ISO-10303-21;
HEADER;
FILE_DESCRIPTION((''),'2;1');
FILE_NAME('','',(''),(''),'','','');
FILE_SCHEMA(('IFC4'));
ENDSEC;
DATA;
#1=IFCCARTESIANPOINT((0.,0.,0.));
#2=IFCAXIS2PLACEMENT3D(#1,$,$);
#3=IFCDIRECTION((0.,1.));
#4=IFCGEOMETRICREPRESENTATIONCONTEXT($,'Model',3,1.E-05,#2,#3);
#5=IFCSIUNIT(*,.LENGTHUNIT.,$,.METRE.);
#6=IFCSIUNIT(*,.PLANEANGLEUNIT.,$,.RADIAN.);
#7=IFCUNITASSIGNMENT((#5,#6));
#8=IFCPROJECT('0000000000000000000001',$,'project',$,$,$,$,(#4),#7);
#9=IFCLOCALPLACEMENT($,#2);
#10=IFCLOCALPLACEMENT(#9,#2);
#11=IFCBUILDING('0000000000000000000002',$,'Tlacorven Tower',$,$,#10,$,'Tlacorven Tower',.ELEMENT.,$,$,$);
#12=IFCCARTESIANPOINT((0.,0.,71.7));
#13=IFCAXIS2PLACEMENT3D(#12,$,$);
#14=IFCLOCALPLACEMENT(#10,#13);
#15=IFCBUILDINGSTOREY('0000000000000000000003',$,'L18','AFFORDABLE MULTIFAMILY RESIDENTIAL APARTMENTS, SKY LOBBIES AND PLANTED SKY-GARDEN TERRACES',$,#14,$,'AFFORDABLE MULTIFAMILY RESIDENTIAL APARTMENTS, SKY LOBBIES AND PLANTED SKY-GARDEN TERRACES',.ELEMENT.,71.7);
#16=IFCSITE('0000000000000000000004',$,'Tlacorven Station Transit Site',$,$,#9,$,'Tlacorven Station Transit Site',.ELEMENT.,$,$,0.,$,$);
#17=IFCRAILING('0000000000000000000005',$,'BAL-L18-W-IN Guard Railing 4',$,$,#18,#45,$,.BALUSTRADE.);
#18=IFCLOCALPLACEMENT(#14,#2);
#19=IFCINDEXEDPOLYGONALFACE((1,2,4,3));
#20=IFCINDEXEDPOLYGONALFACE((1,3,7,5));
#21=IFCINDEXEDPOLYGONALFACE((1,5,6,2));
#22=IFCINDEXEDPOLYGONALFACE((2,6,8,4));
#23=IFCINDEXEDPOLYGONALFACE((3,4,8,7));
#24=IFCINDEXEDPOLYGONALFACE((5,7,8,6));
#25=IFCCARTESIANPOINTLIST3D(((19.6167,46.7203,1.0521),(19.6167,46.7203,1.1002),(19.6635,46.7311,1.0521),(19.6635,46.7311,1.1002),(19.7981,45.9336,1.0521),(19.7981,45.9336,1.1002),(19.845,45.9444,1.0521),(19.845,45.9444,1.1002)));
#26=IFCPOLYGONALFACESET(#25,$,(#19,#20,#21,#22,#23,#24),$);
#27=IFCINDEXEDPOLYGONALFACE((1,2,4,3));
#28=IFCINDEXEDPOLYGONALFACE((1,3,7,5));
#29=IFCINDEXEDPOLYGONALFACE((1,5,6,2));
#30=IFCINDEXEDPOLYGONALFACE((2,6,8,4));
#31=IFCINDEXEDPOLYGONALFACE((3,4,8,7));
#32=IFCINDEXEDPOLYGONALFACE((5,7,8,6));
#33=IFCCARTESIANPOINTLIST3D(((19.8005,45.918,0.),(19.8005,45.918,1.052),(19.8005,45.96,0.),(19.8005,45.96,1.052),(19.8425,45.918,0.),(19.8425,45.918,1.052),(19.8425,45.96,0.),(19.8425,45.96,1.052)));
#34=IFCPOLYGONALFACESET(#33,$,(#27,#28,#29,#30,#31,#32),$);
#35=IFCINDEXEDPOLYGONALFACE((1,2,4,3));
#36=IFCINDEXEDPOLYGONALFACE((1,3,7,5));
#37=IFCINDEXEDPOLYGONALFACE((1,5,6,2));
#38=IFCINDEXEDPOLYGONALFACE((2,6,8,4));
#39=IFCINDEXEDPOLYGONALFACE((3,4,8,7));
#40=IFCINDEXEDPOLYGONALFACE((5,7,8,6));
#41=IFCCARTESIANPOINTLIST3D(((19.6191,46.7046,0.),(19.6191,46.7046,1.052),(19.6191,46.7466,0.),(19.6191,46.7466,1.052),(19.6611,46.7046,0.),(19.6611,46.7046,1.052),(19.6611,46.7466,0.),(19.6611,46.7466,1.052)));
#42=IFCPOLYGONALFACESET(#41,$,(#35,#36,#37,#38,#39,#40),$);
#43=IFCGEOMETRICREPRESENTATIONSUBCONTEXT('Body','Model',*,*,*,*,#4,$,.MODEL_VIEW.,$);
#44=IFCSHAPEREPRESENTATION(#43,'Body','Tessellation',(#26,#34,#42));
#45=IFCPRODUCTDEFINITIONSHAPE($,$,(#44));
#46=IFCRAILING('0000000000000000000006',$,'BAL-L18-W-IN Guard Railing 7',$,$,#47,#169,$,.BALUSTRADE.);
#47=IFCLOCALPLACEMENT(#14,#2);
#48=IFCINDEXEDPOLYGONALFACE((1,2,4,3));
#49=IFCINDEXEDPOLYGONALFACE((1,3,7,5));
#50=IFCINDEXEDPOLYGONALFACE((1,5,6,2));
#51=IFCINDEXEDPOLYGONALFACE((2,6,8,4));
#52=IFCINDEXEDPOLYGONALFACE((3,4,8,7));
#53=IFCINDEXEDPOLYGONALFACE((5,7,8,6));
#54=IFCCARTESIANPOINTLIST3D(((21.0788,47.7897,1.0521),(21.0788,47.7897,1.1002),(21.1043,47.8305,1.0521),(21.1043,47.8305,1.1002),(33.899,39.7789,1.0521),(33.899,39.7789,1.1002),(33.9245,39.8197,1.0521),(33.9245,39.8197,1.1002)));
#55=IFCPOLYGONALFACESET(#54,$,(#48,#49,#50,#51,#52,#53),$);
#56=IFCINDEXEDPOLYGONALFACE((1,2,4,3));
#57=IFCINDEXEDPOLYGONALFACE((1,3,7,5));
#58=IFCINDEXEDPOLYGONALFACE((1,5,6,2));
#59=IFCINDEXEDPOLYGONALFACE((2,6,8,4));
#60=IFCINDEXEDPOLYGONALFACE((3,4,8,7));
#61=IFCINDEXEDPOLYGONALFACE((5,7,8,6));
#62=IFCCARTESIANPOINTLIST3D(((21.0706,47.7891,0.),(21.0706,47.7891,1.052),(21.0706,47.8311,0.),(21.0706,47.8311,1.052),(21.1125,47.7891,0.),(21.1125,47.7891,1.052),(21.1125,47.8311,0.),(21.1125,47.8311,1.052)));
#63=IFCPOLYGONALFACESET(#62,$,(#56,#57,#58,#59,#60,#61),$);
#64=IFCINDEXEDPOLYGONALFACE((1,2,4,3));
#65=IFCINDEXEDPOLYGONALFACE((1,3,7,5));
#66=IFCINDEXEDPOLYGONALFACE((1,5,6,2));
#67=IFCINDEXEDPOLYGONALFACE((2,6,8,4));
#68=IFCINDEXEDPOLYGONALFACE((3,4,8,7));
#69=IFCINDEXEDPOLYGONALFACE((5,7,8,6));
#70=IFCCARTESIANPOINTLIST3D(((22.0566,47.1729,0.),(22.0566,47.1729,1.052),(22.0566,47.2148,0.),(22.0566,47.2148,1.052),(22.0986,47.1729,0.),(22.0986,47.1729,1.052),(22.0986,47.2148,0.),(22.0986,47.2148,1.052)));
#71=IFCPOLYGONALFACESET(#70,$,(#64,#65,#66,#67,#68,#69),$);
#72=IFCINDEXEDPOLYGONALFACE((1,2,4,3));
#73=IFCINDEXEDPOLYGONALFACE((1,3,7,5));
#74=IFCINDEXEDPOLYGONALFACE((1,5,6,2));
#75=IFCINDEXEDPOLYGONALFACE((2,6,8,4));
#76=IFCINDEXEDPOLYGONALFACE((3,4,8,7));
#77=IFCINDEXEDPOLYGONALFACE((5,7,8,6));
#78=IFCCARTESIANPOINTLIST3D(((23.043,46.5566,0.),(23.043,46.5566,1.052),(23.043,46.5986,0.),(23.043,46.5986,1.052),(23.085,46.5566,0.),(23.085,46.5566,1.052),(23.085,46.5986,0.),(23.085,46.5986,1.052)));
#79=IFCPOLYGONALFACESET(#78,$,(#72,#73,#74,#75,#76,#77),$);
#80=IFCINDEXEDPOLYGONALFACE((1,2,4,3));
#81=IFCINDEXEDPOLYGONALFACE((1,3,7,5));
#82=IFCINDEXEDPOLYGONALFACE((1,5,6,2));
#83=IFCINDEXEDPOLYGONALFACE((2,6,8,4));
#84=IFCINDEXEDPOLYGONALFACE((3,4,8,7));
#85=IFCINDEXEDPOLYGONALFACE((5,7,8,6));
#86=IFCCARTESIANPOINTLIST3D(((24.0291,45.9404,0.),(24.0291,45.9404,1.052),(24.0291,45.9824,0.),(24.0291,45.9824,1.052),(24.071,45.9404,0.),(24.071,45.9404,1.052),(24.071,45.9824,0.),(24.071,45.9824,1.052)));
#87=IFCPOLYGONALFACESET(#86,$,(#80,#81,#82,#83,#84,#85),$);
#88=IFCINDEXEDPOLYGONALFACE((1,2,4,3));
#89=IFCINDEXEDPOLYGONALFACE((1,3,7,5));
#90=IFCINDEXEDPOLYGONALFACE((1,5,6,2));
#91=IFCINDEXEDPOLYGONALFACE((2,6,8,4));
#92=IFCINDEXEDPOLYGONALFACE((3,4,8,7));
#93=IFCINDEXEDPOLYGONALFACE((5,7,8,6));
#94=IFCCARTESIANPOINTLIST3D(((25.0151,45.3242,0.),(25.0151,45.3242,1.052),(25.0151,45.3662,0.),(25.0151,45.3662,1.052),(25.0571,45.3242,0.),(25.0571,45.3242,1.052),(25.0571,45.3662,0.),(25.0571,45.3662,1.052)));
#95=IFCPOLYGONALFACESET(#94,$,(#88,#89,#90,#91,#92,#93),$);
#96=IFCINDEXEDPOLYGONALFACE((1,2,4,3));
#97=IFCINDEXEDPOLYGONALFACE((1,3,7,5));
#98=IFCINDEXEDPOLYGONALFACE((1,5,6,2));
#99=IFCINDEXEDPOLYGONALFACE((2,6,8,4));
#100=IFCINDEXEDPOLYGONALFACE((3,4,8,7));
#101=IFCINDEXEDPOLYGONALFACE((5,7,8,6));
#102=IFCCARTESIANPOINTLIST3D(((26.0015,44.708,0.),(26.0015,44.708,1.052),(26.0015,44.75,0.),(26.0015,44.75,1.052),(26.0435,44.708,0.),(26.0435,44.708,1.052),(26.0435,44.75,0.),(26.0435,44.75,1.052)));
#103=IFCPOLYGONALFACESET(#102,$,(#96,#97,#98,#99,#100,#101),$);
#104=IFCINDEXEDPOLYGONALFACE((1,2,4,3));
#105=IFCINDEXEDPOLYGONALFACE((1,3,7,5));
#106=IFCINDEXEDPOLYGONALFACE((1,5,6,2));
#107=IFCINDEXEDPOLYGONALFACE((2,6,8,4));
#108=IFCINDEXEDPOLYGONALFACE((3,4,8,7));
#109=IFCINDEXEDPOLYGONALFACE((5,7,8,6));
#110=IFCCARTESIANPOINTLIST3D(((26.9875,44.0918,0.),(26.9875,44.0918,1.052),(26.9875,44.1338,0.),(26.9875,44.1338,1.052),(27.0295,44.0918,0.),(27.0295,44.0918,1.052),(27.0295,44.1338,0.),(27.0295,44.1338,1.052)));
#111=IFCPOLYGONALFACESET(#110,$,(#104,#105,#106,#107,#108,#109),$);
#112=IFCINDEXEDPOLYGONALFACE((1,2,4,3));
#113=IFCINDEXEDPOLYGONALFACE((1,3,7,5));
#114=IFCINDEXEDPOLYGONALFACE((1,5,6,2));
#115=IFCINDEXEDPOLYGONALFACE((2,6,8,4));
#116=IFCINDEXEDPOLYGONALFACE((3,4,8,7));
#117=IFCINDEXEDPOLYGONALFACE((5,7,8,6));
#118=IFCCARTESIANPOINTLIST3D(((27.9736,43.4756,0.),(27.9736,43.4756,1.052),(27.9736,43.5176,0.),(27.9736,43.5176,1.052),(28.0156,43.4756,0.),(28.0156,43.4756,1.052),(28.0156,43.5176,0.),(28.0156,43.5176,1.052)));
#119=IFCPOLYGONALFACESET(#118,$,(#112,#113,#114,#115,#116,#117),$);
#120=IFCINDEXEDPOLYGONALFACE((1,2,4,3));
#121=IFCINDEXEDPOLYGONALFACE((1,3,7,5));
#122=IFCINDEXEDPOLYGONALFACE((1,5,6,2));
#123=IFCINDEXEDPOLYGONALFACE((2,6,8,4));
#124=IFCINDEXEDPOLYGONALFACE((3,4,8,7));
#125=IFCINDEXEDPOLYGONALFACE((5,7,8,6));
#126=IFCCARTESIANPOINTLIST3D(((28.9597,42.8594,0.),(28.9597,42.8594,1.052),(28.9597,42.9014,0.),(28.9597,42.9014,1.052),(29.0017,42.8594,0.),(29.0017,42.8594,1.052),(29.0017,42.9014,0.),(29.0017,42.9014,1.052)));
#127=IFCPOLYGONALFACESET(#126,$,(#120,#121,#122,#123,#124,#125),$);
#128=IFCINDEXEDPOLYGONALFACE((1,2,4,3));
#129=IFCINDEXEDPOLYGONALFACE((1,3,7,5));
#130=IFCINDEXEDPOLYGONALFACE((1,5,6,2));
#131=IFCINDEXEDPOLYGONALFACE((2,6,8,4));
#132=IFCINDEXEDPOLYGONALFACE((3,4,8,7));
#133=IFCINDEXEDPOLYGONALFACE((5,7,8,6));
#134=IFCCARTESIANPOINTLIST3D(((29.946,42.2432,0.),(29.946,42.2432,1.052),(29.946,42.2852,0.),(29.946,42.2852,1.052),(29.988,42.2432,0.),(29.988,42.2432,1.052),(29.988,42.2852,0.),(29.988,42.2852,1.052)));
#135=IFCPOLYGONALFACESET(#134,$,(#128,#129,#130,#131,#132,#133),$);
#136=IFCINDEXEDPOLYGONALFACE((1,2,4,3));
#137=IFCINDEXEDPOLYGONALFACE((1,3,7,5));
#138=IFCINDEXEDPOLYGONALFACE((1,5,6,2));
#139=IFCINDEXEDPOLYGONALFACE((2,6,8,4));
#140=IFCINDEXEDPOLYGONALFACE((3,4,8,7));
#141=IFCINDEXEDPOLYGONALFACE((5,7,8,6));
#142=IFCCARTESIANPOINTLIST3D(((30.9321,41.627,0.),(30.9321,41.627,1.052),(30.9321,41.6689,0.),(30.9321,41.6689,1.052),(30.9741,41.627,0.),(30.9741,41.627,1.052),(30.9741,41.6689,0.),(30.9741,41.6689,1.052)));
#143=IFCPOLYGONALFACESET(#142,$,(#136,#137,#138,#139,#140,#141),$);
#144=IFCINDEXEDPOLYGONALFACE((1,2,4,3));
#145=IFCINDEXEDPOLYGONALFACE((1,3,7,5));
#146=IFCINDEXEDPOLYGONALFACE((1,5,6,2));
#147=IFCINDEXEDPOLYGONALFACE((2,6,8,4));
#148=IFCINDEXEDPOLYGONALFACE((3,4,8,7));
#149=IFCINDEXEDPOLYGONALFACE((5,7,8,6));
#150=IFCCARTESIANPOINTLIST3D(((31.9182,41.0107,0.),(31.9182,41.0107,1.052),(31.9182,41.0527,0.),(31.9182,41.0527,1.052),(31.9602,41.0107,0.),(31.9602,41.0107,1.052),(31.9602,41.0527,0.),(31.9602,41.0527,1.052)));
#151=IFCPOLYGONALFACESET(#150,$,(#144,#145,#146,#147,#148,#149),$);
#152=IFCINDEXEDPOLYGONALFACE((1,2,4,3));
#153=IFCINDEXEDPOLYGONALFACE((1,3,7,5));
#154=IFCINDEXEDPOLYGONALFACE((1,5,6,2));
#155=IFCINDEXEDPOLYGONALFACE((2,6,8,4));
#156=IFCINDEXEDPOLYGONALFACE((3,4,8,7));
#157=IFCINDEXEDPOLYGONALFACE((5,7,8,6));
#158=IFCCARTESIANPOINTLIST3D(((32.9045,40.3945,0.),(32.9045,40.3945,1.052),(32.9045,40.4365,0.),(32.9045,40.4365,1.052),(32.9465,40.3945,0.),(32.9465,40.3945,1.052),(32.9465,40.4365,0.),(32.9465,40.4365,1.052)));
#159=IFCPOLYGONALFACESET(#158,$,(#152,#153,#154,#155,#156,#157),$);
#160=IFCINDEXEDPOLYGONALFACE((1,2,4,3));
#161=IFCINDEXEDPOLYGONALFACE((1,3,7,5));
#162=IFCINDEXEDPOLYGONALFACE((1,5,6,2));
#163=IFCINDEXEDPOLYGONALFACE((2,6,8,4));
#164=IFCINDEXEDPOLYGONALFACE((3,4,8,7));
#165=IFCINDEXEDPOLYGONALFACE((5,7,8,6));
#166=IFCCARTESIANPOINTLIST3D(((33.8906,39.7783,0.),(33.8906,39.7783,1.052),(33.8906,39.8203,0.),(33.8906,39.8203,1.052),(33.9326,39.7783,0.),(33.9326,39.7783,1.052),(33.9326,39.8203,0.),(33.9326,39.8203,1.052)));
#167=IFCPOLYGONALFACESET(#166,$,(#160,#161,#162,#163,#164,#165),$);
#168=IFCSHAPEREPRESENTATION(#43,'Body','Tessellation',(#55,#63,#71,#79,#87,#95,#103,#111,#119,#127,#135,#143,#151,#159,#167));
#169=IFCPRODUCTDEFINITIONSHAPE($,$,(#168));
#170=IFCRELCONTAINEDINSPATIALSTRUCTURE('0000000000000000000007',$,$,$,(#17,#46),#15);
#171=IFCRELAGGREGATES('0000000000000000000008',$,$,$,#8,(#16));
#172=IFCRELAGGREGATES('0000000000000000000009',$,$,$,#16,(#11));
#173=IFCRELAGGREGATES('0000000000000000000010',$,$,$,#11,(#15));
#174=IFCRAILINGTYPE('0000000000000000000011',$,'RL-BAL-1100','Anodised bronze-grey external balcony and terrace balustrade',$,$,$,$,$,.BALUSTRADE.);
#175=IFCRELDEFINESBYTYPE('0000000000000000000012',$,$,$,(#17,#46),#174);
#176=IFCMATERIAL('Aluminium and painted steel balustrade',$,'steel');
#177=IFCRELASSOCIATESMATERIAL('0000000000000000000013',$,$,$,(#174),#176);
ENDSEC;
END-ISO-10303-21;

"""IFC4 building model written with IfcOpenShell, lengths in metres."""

from ifc_helpers import new_model, si_unit, direction, frame, origin, origin_2d, place, context, subcontext, project, spatial, rectangle, extrude, source, transform, mapped, material, type_object, element, save


model = new_model("IFC4")

# Units and contexts
model_context = context("Model", 3, precision=1e-05, world=origin(), true_north=direction((0.0, 1.0)))
body_context = subcontext(model_context, "Body", "Model", "MODEL_VIEW")
ifc_project = project(units=[si_unit("LENGTHUNIT", "METRE"), si_unit("PLANEANGLEUNIT", "RADIAN")], contexts=[model_context])

# Site, building, storey
site_placement = place(None, origin())
site = spatial("IfcSite", under=ifc_project, at=site_placement, Name="Tlacorven Station Transit Site", LongName="Tlacorven Station Transit Site", CompositionType="ELEMENT", RefElevation=0.0)
building_placement = place(site_placement, origin())
building = spatial("IfcBuilding", under=site, at=building_placement, Name="Tlacorven Tower", LongName="Tlacorven Tower", CompositionType="ELEMENT")
storey_placement = place(building_placement, frame((0.0, 0.0, 71.7)))
storey = spatial("IfcBuildingStorey", under=building, at=storey_placement, Name="L18", Description="AFFORDABLE MULTIFAMILY RESIDENTIAL APARTMENTS, SKY LOBBIES AND PLANTED SKY-GARDEN TERRACES", LongName="AFFORDABLE MULTIFAMILY RESIDENTIAL APARTMENTS, SKY LOBBIES AND PLANTED SKY-GARDEN TERRACES", CompositionType="ELEMENT", Elevation=71.7)

# Shared definitions
ifc_material_1 = material(Name="Aluminium and painted steel balustrade", Category="steel")
railing_type = type_object("IfcRailingType", Name="RL-BAL-1100", Description="Anodised bronze-grey external balcony and terrace balustrade", PredefinedType="BALUSTRADE", material=ifc_material_1)

# Railings
shared_shape_1 = source(origin(), body_context, "Body", "SweptSolid", [
    extrude(rectangle(XDim=0.0481, YDim=0.0481, at=origin_2d()), frame((0.0, 0.0, 1.0762), z_axis=(-0.224705, 0.974427, 0.0), x_axis=(-0.974427, -0.224705, 0.0)), (0.0, 0.0, 1.0), 0.8074),
    extrude(rectangle(XDim=0.042, YDim=0.042, at=origin_2d()), origin(), (0.0, 0.0, 1.0), 1.052),
    extrude(rectangle(XDim=0.042, YDim=0.042, at=origin_2d()), frame((-0.1814, 0.7866, 0.0)), (0.0, 0.0, 1.0), 1.052),
])
railing_1_placement = place(storey_placement, frame((19.8215, 45.939, 0.0)))
element("IfcRailing", 1, at=railing_1_placement, inside=storey, type_object=railing_type, Name="BAL-L18-W-IN Guard Railing 4", PredefinedType="BALUSTRADE", context=body_context, shape_type="MappedRepresentation", body=[
    mapped(shared_shape_1, transform((0.0, 0.0, 0.0), scale=1.0)),
])
shared_shape_2 = source(origin(), body_context, "Body", "SweptSolid", [
    extrude(rectangle(XDim=0.0481, YDim=0.0481, at=origin_2d()), frame((0.0, 0.0, 1.0762), z_axis=(0.848052, -0.529913, 0.0), x_axis=(0.529913, 0.848052, 0.0)), (0.0, 0.0, 1.0), 15.1172),
    extrude(rectangle(XDim=0.042, YDim=0.042, at=origin_2d()), origin(), (0.0, 0.0, 1.0), 1.052),
    extrude(rectangle(XDim=0.042, YDim=0.042, at=origin_2d()), frame((0.9861, -0.6162, 0.0)), (0.0, 0.0, 1.0), 1.052),
    extrude(rectangle(XDim=0.042, YDim=0.042, at=origin_2d()), frame((1.9724, -1.2324, 0.0)), (0.0, 0.0, 1.0), 1.052),
    extrude(rectangle(XDim=0.042, YDim=0.042, at=origin_2d()), frame((2.9585, -1.8486, 0.0)), (0.0, 0.0, 1.0), 1.052),
    extrude(rectangle(XDim=0.042, YDim=0.042, at=origin_2d()), frame((3.9446, -2.4648, 0.0)), (0.0, 0.0, 1.0), 1.052),
    extrude(rectangle(XDim=0.042, YDim=0.042, at=origin_2d()), frame((4.9309, -3.0811, 0.0)), (0.0, 0.0, 1.0), 1.052),
    extrude(rectangle(XDim=0.042, YDim=0.042, at=origin_2d()), frame((5.917, -3.6973, 0.0)), (0.0, 0.0, 1.0), 1.052),
    extrude(rectangle(XDim=0.042, YDim=0.042, at=origin_2d()), frame((6.9031, -4.3135, 0.0)), (0.0, 0.0, 1.0), 1.052),
    extrude(rectangle(XDim=0.042, YDim=0.042, at=origin_2d()), frame((7.8892, -4.9297, 0.0)), (0.0, 0.0, 1.0), 1.052),
    extrude(rectangle(XDim=0.042, YDim=0.042, at=origin_2d()), frame((8.8755, -5.5459, 0.0)), (0.0, 0.0, 1.0), 1.052),
    extrude(rectangle(XDim=0.042, YDim=0.042, at=origin_2d()), frame((9.8616, -6.1621, 0.0)), (0.0, 0.0, 1.0), 1.052),
    extrude(rectangle(XDim=0.042, YDim=0.042, at=origin_2d()), frame((10.8477, -6.7783, 0.0)), (0.0, 0.0, 1.0), 1.052),
    extrude(rectangle(XDim=0.042, YDim=0.042, at=origin_2d()), frame((11.834, -7.3945, 0.0)), (0.0, 0.0, 1.0), 1.052),
    extrude(rectangle(XDim=0.042, YDim=0.042, at=origin_2d()), frame((12.8201, -8.0107, 0.0)), (0.0, 0.0, 1.0), 1.052),
])
railing_2_placement = place(storey_placement, frame((21.0916, 47.8101, 0.0)))
element("IfcRailing", 2, at=railing_2_placement, inside=storey, type_object=railing_type, Name="BAL-L18-W-IN Guard Railing 7", PredefinedType="BALUSTRADE", context=body_context, shape_type="MappedRepresentation", body=[
    mapped(shared_shape_2, transform((0.0, 0.0, 0.0), scale=1.0)),
])

save(model, "model.ifc")
